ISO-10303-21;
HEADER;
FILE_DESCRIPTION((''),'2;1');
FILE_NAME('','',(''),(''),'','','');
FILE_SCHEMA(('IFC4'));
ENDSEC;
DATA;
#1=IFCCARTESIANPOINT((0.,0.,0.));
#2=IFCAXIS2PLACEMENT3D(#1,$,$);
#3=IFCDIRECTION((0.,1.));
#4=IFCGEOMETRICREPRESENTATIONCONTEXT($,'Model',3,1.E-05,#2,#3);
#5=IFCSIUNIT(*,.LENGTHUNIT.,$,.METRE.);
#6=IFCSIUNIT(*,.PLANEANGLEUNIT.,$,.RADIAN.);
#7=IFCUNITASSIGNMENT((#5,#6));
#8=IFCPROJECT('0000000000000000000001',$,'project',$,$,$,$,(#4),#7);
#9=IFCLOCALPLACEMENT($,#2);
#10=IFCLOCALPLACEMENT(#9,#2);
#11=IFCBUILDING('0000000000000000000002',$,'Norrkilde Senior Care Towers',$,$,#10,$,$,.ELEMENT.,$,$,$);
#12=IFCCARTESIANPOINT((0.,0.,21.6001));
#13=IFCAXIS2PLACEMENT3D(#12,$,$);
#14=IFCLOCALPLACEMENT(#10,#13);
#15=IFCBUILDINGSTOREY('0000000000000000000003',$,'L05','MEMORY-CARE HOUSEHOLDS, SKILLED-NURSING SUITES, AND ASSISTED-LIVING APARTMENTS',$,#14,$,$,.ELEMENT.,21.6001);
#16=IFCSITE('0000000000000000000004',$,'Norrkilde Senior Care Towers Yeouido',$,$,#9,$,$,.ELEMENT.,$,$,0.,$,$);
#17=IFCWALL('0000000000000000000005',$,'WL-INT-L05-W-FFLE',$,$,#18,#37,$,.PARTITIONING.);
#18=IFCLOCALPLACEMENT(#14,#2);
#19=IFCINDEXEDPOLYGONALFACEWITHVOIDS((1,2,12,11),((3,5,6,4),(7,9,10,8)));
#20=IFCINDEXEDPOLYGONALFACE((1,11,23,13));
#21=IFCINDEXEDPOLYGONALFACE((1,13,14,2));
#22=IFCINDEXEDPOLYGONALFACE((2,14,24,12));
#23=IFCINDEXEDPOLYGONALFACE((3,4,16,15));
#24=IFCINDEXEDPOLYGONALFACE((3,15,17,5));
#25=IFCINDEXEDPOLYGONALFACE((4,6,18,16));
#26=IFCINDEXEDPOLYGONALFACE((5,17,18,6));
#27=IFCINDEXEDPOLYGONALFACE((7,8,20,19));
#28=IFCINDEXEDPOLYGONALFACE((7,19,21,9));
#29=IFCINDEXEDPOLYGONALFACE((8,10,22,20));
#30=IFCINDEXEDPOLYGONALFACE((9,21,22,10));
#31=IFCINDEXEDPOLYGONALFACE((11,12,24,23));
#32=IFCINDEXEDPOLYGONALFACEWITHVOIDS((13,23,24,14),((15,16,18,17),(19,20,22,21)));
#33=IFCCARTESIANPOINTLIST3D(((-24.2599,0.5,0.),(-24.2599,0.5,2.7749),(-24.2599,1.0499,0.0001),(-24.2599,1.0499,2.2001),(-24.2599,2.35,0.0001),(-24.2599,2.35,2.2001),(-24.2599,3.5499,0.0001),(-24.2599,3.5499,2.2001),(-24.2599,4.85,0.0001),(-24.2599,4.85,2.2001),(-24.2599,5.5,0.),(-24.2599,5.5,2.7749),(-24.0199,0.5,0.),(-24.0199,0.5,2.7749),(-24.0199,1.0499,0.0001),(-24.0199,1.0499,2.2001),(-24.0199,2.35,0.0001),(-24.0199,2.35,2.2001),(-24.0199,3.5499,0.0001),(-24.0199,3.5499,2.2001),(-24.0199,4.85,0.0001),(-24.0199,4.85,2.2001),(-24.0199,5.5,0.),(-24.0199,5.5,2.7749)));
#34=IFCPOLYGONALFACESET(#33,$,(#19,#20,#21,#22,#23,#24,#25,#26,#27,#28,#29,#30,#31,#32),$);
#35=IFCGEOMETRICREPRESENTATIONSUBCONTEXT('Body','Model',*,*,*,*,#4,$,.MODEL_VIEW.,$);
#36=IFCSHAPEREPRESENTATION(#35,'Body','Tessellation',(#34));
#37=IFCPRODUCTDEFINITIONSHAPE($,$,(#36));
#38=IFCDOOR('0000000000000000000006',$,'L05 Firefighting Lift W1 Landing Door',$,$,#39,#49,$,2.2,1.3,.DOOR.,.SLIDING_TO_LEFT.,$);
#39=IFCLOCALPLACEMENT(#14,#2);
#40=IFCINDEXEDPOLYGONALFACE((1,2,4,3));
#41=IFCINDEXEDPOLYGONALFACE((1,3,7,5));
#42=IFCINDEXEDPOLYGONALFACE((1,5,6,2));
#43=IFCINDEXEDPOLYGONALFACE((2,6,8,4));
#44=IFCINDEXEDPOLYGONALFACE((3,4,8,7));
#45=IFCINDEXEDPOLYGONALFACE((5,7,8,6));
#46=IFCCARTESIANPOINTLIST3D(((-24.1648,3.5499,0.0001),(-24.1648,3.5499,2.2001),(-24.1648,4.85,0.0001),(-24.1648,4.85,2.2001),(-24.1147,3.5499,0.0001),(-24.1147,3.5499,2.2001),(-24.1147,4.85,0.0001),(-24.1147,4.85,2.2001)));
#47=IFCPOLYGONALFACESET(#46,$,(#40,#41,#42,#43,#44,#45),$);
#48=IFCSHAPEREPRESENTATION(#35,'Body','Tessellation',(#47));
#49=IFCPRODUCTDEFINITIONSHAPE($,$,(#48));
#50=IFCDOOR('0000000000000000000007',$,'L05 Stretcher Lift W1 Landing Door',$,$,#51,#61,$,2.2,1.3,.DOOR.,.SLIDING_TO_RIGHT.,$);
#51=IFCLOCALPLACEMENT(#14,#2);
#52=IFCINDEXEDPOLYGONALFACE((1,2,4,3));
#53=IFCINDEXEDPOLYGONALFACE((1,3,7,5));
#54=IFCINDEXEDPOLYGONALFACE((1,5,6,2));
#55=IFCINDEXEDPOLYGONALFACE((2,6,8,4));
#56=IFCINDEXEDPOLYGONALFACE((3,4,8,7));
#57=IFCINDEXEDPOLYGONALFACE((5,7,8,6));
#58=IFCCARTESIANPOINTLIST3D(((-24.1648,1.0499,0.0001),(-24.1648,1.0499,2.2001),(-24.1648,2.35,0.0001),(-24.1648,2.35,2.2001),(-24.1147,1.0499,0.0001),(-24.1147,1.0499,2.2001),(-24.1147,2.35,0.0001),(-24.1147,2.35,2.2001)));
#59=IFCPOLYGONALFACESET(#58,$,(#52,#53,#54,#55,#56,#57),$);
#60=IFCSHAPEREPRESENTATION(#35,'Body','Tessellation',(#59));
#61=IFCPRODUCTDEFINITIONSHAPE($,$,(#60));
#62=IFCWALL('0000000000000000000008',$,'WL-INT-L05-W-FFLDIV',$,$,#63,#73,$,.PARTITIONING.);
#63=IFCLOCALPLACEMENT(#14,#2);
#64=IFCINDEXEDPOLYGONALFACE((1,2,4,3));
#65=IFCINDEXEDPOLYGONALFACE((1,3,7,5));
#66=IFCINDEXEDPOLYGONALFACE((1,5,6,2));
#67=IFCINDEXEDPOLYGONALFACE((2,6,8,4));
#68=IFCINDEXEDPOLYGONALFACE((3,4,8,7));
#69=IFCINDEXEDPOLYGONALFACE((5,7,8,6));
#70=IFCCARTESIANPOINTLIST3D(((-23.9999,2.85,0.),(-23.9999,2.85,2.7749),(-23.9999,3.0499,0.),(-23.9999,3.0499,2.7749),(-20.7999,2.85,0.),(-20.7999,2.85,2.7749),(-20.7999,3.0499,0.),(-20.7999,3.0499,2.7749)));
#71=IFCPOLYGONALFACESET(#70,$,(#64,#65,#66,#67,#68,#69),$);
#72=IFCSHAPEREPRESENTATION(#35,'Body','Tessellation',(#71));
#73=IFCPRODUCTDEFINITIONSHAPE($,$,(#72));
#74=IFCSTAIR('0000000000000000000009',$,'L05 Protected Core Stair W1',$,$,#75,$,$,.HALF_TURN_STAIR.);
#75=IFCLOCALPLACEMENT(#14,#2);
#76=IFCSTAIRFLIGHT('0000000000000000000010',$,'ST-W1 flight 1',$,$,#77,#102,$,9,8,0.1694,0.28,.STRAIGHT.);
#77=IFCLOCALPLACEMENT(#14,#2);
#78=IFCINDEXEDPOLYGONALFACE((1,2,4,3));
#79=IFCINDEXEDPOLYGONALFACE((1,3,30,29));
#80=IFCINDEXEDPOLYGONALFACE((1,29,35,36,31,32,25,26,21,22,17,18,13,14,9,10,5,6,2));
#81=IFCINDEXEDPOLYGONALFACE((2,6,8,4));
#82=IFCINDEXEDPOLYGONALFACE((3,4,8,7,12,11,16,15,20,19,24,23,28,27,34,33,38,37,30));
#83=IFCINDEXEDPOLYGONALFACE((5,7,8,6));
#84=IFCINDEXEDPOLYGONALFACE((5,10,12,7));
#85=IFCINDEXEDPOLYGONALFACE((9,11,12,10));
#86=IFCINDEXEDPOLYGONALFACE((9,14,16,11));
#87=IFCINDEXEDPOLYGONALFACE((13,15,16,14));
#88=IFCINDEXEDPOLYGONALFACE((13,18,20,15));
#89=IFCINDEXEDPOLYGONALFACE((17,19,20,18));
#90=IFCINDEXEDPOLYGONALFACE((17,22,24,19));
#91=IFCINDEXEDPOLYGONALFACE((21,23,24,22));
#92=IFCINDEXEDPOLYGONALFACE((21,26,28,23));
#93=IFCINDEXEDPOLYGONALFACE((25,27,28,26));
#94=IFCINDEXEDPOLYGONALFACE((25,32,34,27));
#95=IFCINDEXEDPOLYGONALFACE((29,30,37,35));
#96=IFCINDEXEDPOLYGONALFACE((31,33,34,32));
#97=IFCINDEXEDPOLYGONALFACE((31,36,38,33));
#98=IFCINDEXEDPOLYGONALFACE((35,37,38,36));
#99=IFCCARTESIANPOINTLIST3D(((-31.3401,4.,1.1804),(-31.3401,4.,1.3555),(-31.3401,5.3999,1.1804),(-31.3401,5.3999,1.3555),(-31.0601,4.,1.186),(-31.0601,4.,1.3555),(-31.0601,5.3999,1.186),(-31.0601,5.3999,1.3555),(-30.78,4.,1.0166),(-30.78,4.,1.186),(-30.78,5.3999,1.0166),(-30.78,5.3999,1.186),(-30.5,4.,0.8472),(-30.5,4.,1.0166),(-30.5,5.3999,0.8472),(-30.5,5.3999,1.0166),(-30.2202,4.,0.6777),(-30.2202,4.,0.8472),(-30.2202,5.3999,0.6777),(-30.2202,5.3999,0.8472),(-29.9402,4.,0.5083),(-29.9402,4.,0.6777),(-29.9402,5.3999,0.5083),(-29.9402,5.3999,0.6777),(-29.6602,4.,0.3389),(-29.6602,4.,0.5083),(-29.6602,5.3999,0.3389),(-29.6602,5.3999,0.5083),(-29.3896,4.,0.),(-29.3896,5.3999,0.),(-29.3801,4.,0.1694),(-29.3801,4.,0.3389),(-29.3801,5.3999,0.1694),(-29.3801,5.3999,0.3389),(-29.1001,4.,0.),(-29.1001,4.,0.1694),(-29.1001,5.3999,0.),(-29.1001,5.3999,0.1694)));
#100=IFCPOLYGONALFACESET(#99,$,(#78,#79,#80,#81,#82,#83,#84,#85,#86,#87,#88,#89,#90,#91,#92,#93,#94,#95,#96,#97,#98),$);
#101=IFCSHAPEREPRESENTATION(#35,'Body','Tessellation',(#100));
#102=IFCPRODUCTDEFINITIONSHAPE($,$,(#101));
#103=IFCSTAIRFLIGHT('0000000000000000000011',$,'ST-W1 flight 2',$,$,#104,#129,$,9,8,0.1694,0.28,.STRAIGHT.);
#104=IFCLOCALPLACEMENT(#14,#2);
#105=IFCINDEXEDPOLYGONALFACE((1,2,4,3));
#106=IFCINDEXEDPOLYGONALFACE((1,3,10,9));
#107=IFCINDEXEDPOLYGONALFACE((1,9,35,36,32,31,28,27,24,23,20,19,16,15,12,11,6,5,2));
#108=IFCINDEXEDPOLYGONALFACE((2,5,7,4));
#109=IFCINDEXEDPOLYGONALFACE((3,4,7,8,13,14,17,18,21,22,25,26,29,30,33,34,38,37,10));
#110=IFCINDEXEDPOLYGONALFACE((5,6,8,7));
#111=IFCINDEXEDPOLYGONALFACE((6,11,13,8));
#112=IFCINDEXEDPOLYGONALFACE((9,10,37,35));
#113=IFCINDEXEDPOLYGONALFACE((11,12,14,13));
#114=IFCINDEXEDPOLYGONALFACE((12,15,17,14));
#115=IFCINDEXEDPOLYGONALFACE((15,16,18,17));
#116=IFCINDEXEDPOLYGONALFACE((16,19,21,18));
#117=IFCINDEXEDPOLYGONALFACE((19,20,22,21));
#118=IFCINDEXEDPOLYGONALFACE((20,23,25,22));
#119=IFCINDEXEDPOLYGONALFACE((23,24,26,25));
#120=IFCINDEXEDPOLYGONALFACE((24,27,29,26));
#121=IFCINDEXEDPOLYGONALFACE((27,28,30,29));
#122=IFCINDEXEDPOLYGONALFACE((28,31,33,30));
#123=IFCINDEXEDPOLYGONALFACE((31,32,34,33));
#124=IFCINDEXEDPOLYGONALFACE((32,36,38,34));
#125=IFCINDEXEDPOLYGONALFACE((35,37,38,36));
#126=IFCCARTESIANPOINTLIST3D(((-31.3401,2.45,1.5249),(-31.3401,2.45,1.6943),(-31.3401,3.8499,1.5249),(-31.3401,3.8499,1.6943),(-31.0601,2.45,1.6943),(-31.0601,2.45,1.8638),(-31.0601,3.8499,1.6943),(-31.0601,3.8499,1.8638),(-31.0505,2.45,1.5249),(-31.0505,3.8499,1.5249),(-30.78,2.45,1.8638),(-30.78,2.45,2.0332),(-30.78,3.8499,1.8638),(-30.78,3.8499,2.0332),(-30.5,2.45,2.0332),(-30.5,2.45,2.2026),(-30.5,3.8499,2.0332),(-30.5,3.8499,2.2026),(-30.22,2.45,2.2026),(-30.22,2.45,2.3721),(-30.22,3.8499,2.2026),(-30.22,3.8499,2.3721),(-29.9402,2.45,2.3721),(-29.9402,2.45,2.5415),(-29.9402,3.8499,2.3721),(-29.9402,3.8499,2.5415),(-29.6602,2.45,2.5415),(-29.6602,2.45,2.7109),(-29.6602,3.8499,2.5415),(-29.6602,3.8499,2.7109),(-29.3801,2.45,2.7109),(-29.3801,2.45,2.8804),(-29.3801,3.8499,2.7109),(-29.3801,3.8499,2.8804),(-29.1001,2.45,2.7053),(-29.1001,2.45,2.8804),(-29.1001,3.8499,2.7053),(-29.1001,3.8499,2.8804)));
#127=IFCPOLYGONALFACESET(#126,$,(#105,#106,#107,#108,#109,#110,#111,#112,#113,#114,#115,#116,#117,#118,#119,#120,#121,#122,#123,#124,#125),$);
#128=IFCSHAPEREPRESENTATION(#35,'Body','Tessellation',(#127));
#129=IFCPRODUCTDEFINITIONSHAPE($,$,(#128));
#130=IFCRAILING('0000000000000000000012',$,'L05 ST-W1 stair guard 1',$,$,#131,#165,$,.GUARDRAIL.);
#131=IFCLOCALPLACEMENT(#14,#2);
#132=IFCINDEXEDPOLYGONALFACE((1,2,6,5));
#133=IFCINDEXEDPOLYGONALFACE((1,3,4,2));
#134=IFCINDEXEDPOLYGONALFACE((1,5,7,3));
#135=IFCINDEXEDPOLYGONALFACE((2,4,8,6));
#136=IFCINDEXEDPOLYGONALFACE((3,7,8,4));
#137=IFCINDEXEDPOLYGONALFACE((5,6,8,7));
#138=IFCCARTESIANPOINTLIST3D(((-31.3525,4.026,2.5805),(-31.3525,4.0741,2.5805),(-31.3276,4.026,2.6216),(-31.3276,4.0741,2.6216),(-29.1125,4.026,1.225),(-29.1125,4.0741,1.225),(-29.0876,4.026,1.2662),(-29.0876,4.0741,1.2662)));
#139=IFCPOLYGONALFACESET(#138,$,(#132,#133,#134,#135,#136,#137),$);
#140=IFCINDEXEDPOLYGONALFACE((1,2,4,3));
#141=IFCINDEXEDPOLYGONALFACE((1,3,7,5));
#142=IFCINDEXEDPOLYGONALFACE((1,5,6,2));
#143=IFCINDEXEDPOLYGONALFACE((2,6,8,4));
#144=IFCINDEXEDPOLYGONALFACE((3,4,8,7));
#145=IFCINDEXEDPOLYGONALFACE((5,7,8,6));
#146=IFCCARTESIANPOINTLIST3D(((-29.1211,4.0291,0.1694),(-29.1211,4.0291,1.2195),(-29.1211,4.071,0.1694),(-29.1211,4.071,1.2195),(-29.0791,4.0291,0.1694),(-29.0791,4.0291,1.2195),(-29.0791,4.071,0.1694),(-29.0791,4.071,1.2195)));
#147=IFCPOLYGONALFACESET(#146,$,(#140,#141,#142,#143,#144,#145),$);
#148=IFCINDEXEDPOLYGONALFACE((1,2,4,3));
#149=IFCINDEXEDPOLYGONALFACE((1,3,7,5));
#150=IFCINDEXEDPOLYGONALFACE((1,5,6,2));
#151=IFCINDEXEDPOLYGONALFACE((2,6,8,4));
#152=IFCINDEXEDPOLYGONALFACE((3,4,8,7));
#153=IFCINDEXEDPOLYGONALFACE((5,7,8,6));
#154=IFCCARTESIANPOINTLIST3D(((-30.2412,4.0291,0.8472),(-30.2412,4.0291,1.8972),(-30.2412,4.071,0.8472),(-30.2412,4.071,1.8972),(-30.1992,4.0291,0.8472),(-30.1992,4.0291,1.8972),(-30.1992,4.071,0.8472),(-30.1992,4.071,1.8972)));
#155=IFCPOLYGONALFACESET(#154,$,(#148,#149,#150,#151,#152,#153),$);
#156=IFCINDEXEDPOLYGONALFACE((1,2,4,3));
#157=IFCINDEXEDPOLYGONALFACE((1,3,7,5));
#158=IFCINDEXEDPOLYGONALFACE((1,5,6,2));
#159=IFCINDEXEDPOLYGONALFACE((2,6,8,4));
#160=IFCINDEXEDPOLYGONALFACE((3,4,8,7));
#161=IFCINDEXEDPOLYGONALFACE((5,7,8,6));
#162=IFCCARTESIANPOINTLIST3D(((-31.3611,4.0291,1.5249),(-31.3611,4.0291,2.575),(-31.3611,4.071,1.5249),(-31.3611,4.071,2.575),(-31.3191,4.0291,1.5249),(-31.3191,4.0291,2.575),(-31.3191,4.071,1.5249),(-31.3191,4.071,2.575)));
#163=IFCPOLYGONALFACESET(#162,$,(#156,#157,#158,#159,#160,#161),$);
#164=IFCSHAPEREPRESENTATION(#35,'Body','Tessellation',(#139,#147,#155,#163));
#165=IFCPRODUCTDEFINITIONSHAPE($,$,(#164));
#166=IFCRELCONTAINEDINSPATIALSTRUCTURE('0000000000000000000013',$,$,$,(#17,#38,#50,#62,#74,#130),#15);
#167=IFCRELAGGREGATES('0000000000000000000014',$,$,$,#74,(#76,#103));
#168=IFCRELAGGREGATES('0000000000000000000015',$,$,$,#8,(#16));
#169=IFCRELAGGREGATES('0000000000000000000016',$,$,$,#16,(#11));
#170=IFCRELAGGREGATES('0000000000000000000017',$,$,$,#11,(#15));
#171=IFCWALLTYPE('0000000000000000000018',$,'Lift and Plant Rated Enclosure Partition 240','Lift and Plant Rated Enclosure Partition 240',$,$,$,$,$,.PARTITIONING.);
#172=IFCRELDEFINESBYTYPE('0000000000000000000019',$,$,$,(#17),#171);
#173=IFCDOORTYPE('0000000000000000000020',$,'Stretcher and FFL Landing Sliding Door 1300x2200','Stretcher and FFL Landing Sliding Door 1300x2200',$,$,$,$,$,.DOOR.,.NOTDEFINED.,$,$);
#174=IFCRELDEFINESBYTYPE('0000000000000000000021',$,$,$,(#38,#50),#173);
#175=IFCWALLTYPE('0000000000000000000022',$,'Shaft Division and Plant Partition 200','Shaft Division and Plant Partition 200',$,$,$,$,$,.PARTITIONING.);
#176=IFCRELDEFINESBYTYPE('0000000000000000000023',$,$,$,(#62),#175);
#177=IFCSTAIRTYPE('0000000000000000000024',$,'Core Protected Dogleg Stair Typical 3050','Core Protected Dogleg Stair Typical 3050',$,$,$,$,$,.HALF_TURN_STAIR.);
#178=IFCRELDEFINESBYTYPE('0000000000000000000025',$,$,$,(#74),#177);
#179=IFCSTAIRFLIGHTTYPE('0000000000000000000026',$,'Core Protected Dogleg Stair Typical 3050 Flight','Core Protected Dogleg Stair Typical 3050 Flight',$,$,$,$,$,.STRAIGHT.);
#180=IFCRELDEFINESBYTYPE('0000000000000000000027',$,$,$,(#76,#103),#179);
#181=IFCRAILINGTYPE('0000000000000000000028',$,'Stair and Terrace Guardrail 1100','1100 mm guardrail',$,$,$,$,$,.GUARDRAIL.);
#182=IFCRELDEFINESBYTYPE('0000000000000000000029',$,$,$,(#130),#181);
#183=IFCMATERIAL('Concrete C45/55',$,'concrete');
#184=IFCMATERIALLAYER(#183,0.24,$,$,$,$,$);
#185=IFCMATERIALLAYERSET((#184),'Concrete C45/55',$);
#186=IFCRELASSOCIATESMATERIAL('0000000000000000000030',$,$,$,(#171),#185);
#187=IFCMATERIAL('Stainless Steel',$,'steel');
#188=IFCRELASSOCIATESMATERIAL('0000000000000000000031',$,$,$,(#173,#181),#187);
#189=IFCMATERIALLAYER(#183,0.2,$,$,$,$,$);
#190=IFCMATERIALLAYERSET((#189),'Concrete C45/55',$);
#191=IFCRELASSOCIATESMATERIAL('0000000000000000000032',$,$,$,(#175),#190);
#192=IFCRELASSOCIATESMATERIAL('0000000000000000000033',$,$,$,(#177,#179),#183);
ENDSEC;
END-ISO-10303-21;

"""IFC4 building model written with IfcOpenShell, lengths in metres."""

from ifc_helpers import new_model, si_unit, direction, frame, frame_2d, origin, origin_2d, place, context, subcontext, project, spatial, polyline, rectangle, outline, extrude, source, transform, mapped, material, layer, layer_set, type_object, type_shapes, element, fill, aggregate, save


model = new_model("IFC4")

# Units and contexts
model_context = context("Model", 3, precision=1e-05, world=origin(), true_north=direction((0.0, 1.0)))
body_context = subcontext(model_context, "Body", "Model", "MODEL_VIEW")
ifc_project = project(units=[si_unit("LENGTHUNIT", "METRE"), si_unit("PLANEANGLEUNIT", "RADIAN")], contexts=[model_context])

# Site, building, storey
site_placement = place(None, origin())
site = spatial("IfcSite", under=ifc_project, at=site_placement, Name="Norrkilde Senior Care Towers Yeouido", CompositionType="ELEMENT", RefElevation=0.0)
building_placement = place(site_placement, origin())
building = spatial("IfcBuilding", under=site, at=building_placement, Name="Norrkilde Senior Care Towers", CompositionType="ELEMENT")
storey_placement = place(building_placement, frame((0.0, 0.0, 21.6001)))
storey = spatial("IfcBuildingStorey", under=building, at=storey_placement, Name="L05", Description="MEMORY-CARE HOUSEHOLDS, SKILLED-NURSING SUITES, AND ASSISTED-LIVING APARTMENTS", CompositionType="ELEMENT", Elevation=21.6001)

# Shared definitions
ifc_material_1 = material(Name="Concrete C45/55", Category="concrete")

# Wall, openings, doors
ifc_layer_1 = layer(ifc_material_1, 0.24)
ifc_layer_set_1 = layer_set([ifc_layer_1], Name="Concrete C45/55")
wall_type_1 = type_object("IfcWallType", Name="Lift and Plant Rated Enclosure Partition 240", Description="Lift and Plant Rated Enclosure Partition 240", PredefinedType="PARTITIONING", material=ifc_layer_set_1)
shared_shape_1 = source(origin(), body_context, "Body", "SweptSolid", [
    extrude(rectangle(XDim=5.0, YDim=0.24, at=frame_2d((2.5, 0.0))), origin(), (0.0, 0.0, 1.0), 2.7749),
])
type_shapes(wall_type_1, [shared_shape_1])
wall_1_placement = place(storey_placement, frame((-24.1399, 0.5, 0.0), z_axis=(0.0, 0.0, 1.0), x_axis=(0.0, 1.0, 0.0)))
wall_1 = element("IfcWall", 1, at=wall_1_placement, inside=storey, type_object=wall_type_1, Name="WL-INT-L05-W-FFLE", PredefinedType="PARTITIONING", context=body_context, shape_type="MappedRepresentation", body=[
    mapped(shared_shape_1, transform((0.0, 0.0, 0.0), x_axis=(1.0, 0.0, 0.0), y_axis=(0.0, 1.0, 0.0), z_axis=(0.0, 0.0, 1.0), scale=1.0)),
])
opening_1_placement = place(wall_1_placement, frame((3.05, 0.0, 0.0)))
opening_1 = element("IfcOpeningElement", 2, at=opening_1_placement, cuts=wall_1, PredefinedType="OPENING", context=body_context, shape_type="SweptSolid", body=[
    extrude(rectangle(XDim=1.3, YDim=2.2, at=frame_2d((0.6499, 1.1001))), frame((0.0, 0.1299, 0.0), z_axis=(0.0, -1.0, 0.0), x_axis=(1.0, 0.0, 0.0)), (0.0, 0.0, 1.0), 0.26),
])
opening_2_placement = place(wall_1_placement, frame((0.55, 0.0, 0.0)))
opening_2 = element("IfcOpeningElement", 3, at=opening_2_placement, cuts=wall_1, PredefinedType="OPENING", context=body_context, shape_type="SweptSolid", body=[
    extrude(rectangle(XDim=1.3, YDim=2.2, at=frame_2d((0.6499, 1.1001))), frame((0.0, 0.1299, 0.0), z_axis=(0.0, -1.0, 0.0), x_axis=(1.0, 0.0, 0.0)), (0.0, 0.0, 1.0), 0.26),
])
ifc_material_2 = material(Name="Stainless Steel", Category="steel")
door_type_1 = type_object("IfcDoorType", Name="Stretcher and FFL Landing Sliding Door 1300x2200", Description="Stretcher and FFL Landing Sliding Door 1300x2200", OperationType="NOTDEFINED", PredefinedType="DOOR", material=ifc_material_2)
shared_shape_2 = source(origin(), body_context, "Body", "SweptSolid", [
    extrude(rectangle(XDim=1.3, YDim=2.2, at=frame_2d((0.6499, 1.1001))), frame((0.0, 0.0249, 0.0), z_axis=(0.0, -1.0, 0.0), x_axis=(1.0, 0.0, 0.0)), (0.0, 0.0, 1.0), 0.05),
])
type_shapes(door_type_1, [shared_shape_2])
door_1_placement = place(opening_1_placement, origin())
door_1 = element("IfcDoor", 4, at=door_1_placement, inside=storey, type_object=door_type_1, Name="L05 Firefighting Lift W1 Landing Door", OperationType="SLIDING_TO_LEFT", OverallHeight=2.2, OverallWidth=1.3, PredefinedType="DOOR", context=body_context, shape_type="MappedRepresentation", body=[
    mapped(shared_shape_2, transform((0.0, 0.0, 0.0), x_axis=(1.0, 0.0, 0.0), y_axis=(0.0, 1.0, 0.0), z_axis=(0.0, 0.0, 1.0), scale=1.0)),
])
fill(opening_1, door_1)
door_2_placement = place(opening_2_placement, origin())
door_2 = element("IfcDoor", 5, at=door_2_placement, inside=storey, type_object=door_type_1, Name="L05 Stretcher Lift W1 Landing Door", OperationType="SLIDING_TO_RIGHT", OverallHeight=2.2, OverallWidth=1.3, PredefinedType="DOOR", context=body_context, shape_type="MappedRepresentation", body=[
    mapped(shared_shape_2, transform((0.0, 0.0, 0.0), x_axis=(1.0, 0.0, 0.0), y_axis=(0.0, 1.0, 0.0), z_axis=(0.0, 0.0, 1.0), scale=1.0)),
])
fill(opening_2, door_2)

# Wall
ifc_layer_2 = layer(ifc_material_1, 0.2)
ifc_layer_set_2 = layer_set([ifc_layer_2], Name="Concrete C45/55")
wall_type_2 = type_object("IfcWallType", Name="Shaft Division and Plant Partition 200", Description="Shaft Division and Plant Partition 200", PredefinedType="PARTITIONING", material=ifc_layer_set_2)
shared_shape_3 = source(origin(), body_context, "Body", "SweptSolid", [
    extrude(rectangle(XDim=3.2, YDim=0.2, at=frame_2d((1.6001, 0.0))), origin(), (0.0, 0.0, 1.0), 2.7749),
])
type_shapes(wall_type_2, [shared_shape_3])
wall_2_placement = place(storey_placement, frame((-24.0, 2.95, 0.0), z_axis=(0.0, 0.0, 1.0), x_axis=(1.0, 0.0, 0.0)))
element("IfcWall", 6, at=wall_2_placement, inside=storey, type_object=wall_type_2, Name="WL-INT-L05-W-FFLDIV", PredefinedType="PARTITIONING", context=body_context, shape_type="MappedRepresentation", body=[
    mapped(shared_shape_3, transform((0.0, 0.0, 0.0), x_axis=(1.0, 0.0, 0.0), y_axis=(0.0, 1.0, 0.0), z_axis=(0.0, 0.0, 1.0), scale=1.0)),
])

# Stair, stair flights
stair_type = type_object("IfcStairType", Name="Core Protected Dogleg Stair Typical 3050", Description="Core Protected Dogleg Stair Typical 3050", PredefinedType="HALF_TURN_STAIR", material=ifc_material_1)
stair_placement = place(storey_placement, origin())
stair = element("IfcStair", 7, at=stair_placement, inside=storey, type_object=stair_type, Name="L05 Protected Core Stair W1", PredefinedType="HALF_TURN_STAIR")
stair_flight_type = type_object("IfcStairFlightType", Name="Core Protected Dogleg Stair Typical 3050 Flight", Description="Core Protected Dogleg Stair Typical 3050 Flight", PredefinedType="STRAIGHT", material=ifc_material_1)
stair_flight_1_placement = place(storey_placement, frame((-29.1001, 4.7, 0.0), z_axis=(0.0, 0.0, 1.0), x_axis=(-1.0, 0.0, 0.0)))
stair_flight_1 = element("IfcStairFlight", 8, at=stair_flight_1_placement, type_object=stair_flight_type, Name="ST-W1 flight 1", NumberOfRisers=9, NumberOfTreads=8, PredefinedType="STRAIGHT", RiserHeight=0.1694, TreadLength=0.28, context=body_context, shape_type="SweptSolid", body=[
    extrude(outline(polyline([(0.0, 0.0), (0.0, 0.1694), (0.28, 0.1694), (0.28, 0.3389), (0.5601, 0.3389), (0.5601, 0.5083), (0.8401, 0.5083), (0.8401, 0.6777), (1.1201, 0.6777), (1.1201, 0.8472), (1.3999, 0.8472), (1.3999, 1.0166), (1.6799, 1.0166), (1.6799, 1.186), (1.96, 1.186), (1.96, 1.3555), (2.24, 1.3555), (2.24, 1.5249), (2.24, 1.1804), (0.2896, 0.0), (0.0, 0.0)])), frame((0.0, 0.7, 0.0), z_axis=(0.0, -1.0, 0.0), x_axis=(1.0, 0.0, 0.0)), (0.0, 0.0, 1.0), 1.3999),
])
stair_flight_2_placement = place(storey_placement, frame((-31.3401, 3.1499, 1.5249), z_axis=(0.0, 0.0, 1.0), x_axis=(1.0, 0.0, 0.0)))
stair_flight_2 = element("IfcStairFlight", 9, at=stair_flight_2_placement, type_object=stair_flight_type, Name="ST-W1 flight 2", NumberOfRisers=9, NumberOfTreads=8, PredefinedType="STRAIGHT", RiserHeight=0.1694, TreadLength=0.28, context=body_context, shape_type="SweptSolid", body=[
    extrude(outline(polyline([(0.0, 0.0), (0.0, 0.1694), (0.28, 0.1694), (0.28, 0.3389), (0.5601, 0.3389), (0.5601, 0.5083), (0.8401, 0.5083), (0.8401, 0.6777), (1.1201, 0.6777), (1.1201, 0.8472), (1.3999, 0.8472), (1.3999, 1.0166), (1.6799, 1.0166), (1.6799, 1.186), (1.96, 1.186), (1.96, 1.3555), (2.24, 1.3555), (2.24, 1.5249), (2.24, 1.1804), (0.2896, 0.0), (0.0, 0.0)])), frame((0.0, 0.7, 0.0), z_axis=(0.0, -1.0, 0.0), x_axis=(1.0, 0.0, 0.0)), (0.0, 0.0, 1.0), 1.3999),
])
aggregate(stair, [stair_flight_1, stair_flight_2])

# Railing
railing_type_1 = type_object("IfcRailingType", Name="Stair and Terrace Guardrail 1100", Description="1100 mm guardrail", PredefinedType="GUARDRAIL", material=ifc_material_2)
railing_1_placement = place(storey_placement, frame((-29.1001, 4.05, 0.1694)))
element("IfcRailing", 10, at=railing_1_placement, inside=storey, type_object=railing_type_1, Name="L05 ST-W1 stair guard 1", PredefinedType="GUARDRAIL", context=body_context, shape_type="SweptSolid", body=[
    extrude(rectangle(XDim=0.0481, YDim=0.0481, at=origin_2d()), frame((0.0, 0.0, 1.0762), z_axis=(-0.855553, 0.0, 0.517715), x_axis=(0.0, -1.0, 0.0)), (0.0, 0.0, 1.0), 2.6182),
    extrude(rectangle(XDim=0.042, YDim=0.042, at=origin_2d()), origin(), (0.0, 0.0, 1.0), 1.05),
    extrude(rectangle(XDim=0.042, YDim=0.042, at=origin_2d()), frame((-1.1201, 0.0, 0.6777)), (0.0, 0.0, 1.0), 1.05),
    extrude(rectangle(XDim=0.042, YDim=0.042, at=origin_2d()), frame((-2.24, 0.0, 1.3555)), (0.0, 0.0, 1.0), 1.05),
])

save(model, "model.ifc")
